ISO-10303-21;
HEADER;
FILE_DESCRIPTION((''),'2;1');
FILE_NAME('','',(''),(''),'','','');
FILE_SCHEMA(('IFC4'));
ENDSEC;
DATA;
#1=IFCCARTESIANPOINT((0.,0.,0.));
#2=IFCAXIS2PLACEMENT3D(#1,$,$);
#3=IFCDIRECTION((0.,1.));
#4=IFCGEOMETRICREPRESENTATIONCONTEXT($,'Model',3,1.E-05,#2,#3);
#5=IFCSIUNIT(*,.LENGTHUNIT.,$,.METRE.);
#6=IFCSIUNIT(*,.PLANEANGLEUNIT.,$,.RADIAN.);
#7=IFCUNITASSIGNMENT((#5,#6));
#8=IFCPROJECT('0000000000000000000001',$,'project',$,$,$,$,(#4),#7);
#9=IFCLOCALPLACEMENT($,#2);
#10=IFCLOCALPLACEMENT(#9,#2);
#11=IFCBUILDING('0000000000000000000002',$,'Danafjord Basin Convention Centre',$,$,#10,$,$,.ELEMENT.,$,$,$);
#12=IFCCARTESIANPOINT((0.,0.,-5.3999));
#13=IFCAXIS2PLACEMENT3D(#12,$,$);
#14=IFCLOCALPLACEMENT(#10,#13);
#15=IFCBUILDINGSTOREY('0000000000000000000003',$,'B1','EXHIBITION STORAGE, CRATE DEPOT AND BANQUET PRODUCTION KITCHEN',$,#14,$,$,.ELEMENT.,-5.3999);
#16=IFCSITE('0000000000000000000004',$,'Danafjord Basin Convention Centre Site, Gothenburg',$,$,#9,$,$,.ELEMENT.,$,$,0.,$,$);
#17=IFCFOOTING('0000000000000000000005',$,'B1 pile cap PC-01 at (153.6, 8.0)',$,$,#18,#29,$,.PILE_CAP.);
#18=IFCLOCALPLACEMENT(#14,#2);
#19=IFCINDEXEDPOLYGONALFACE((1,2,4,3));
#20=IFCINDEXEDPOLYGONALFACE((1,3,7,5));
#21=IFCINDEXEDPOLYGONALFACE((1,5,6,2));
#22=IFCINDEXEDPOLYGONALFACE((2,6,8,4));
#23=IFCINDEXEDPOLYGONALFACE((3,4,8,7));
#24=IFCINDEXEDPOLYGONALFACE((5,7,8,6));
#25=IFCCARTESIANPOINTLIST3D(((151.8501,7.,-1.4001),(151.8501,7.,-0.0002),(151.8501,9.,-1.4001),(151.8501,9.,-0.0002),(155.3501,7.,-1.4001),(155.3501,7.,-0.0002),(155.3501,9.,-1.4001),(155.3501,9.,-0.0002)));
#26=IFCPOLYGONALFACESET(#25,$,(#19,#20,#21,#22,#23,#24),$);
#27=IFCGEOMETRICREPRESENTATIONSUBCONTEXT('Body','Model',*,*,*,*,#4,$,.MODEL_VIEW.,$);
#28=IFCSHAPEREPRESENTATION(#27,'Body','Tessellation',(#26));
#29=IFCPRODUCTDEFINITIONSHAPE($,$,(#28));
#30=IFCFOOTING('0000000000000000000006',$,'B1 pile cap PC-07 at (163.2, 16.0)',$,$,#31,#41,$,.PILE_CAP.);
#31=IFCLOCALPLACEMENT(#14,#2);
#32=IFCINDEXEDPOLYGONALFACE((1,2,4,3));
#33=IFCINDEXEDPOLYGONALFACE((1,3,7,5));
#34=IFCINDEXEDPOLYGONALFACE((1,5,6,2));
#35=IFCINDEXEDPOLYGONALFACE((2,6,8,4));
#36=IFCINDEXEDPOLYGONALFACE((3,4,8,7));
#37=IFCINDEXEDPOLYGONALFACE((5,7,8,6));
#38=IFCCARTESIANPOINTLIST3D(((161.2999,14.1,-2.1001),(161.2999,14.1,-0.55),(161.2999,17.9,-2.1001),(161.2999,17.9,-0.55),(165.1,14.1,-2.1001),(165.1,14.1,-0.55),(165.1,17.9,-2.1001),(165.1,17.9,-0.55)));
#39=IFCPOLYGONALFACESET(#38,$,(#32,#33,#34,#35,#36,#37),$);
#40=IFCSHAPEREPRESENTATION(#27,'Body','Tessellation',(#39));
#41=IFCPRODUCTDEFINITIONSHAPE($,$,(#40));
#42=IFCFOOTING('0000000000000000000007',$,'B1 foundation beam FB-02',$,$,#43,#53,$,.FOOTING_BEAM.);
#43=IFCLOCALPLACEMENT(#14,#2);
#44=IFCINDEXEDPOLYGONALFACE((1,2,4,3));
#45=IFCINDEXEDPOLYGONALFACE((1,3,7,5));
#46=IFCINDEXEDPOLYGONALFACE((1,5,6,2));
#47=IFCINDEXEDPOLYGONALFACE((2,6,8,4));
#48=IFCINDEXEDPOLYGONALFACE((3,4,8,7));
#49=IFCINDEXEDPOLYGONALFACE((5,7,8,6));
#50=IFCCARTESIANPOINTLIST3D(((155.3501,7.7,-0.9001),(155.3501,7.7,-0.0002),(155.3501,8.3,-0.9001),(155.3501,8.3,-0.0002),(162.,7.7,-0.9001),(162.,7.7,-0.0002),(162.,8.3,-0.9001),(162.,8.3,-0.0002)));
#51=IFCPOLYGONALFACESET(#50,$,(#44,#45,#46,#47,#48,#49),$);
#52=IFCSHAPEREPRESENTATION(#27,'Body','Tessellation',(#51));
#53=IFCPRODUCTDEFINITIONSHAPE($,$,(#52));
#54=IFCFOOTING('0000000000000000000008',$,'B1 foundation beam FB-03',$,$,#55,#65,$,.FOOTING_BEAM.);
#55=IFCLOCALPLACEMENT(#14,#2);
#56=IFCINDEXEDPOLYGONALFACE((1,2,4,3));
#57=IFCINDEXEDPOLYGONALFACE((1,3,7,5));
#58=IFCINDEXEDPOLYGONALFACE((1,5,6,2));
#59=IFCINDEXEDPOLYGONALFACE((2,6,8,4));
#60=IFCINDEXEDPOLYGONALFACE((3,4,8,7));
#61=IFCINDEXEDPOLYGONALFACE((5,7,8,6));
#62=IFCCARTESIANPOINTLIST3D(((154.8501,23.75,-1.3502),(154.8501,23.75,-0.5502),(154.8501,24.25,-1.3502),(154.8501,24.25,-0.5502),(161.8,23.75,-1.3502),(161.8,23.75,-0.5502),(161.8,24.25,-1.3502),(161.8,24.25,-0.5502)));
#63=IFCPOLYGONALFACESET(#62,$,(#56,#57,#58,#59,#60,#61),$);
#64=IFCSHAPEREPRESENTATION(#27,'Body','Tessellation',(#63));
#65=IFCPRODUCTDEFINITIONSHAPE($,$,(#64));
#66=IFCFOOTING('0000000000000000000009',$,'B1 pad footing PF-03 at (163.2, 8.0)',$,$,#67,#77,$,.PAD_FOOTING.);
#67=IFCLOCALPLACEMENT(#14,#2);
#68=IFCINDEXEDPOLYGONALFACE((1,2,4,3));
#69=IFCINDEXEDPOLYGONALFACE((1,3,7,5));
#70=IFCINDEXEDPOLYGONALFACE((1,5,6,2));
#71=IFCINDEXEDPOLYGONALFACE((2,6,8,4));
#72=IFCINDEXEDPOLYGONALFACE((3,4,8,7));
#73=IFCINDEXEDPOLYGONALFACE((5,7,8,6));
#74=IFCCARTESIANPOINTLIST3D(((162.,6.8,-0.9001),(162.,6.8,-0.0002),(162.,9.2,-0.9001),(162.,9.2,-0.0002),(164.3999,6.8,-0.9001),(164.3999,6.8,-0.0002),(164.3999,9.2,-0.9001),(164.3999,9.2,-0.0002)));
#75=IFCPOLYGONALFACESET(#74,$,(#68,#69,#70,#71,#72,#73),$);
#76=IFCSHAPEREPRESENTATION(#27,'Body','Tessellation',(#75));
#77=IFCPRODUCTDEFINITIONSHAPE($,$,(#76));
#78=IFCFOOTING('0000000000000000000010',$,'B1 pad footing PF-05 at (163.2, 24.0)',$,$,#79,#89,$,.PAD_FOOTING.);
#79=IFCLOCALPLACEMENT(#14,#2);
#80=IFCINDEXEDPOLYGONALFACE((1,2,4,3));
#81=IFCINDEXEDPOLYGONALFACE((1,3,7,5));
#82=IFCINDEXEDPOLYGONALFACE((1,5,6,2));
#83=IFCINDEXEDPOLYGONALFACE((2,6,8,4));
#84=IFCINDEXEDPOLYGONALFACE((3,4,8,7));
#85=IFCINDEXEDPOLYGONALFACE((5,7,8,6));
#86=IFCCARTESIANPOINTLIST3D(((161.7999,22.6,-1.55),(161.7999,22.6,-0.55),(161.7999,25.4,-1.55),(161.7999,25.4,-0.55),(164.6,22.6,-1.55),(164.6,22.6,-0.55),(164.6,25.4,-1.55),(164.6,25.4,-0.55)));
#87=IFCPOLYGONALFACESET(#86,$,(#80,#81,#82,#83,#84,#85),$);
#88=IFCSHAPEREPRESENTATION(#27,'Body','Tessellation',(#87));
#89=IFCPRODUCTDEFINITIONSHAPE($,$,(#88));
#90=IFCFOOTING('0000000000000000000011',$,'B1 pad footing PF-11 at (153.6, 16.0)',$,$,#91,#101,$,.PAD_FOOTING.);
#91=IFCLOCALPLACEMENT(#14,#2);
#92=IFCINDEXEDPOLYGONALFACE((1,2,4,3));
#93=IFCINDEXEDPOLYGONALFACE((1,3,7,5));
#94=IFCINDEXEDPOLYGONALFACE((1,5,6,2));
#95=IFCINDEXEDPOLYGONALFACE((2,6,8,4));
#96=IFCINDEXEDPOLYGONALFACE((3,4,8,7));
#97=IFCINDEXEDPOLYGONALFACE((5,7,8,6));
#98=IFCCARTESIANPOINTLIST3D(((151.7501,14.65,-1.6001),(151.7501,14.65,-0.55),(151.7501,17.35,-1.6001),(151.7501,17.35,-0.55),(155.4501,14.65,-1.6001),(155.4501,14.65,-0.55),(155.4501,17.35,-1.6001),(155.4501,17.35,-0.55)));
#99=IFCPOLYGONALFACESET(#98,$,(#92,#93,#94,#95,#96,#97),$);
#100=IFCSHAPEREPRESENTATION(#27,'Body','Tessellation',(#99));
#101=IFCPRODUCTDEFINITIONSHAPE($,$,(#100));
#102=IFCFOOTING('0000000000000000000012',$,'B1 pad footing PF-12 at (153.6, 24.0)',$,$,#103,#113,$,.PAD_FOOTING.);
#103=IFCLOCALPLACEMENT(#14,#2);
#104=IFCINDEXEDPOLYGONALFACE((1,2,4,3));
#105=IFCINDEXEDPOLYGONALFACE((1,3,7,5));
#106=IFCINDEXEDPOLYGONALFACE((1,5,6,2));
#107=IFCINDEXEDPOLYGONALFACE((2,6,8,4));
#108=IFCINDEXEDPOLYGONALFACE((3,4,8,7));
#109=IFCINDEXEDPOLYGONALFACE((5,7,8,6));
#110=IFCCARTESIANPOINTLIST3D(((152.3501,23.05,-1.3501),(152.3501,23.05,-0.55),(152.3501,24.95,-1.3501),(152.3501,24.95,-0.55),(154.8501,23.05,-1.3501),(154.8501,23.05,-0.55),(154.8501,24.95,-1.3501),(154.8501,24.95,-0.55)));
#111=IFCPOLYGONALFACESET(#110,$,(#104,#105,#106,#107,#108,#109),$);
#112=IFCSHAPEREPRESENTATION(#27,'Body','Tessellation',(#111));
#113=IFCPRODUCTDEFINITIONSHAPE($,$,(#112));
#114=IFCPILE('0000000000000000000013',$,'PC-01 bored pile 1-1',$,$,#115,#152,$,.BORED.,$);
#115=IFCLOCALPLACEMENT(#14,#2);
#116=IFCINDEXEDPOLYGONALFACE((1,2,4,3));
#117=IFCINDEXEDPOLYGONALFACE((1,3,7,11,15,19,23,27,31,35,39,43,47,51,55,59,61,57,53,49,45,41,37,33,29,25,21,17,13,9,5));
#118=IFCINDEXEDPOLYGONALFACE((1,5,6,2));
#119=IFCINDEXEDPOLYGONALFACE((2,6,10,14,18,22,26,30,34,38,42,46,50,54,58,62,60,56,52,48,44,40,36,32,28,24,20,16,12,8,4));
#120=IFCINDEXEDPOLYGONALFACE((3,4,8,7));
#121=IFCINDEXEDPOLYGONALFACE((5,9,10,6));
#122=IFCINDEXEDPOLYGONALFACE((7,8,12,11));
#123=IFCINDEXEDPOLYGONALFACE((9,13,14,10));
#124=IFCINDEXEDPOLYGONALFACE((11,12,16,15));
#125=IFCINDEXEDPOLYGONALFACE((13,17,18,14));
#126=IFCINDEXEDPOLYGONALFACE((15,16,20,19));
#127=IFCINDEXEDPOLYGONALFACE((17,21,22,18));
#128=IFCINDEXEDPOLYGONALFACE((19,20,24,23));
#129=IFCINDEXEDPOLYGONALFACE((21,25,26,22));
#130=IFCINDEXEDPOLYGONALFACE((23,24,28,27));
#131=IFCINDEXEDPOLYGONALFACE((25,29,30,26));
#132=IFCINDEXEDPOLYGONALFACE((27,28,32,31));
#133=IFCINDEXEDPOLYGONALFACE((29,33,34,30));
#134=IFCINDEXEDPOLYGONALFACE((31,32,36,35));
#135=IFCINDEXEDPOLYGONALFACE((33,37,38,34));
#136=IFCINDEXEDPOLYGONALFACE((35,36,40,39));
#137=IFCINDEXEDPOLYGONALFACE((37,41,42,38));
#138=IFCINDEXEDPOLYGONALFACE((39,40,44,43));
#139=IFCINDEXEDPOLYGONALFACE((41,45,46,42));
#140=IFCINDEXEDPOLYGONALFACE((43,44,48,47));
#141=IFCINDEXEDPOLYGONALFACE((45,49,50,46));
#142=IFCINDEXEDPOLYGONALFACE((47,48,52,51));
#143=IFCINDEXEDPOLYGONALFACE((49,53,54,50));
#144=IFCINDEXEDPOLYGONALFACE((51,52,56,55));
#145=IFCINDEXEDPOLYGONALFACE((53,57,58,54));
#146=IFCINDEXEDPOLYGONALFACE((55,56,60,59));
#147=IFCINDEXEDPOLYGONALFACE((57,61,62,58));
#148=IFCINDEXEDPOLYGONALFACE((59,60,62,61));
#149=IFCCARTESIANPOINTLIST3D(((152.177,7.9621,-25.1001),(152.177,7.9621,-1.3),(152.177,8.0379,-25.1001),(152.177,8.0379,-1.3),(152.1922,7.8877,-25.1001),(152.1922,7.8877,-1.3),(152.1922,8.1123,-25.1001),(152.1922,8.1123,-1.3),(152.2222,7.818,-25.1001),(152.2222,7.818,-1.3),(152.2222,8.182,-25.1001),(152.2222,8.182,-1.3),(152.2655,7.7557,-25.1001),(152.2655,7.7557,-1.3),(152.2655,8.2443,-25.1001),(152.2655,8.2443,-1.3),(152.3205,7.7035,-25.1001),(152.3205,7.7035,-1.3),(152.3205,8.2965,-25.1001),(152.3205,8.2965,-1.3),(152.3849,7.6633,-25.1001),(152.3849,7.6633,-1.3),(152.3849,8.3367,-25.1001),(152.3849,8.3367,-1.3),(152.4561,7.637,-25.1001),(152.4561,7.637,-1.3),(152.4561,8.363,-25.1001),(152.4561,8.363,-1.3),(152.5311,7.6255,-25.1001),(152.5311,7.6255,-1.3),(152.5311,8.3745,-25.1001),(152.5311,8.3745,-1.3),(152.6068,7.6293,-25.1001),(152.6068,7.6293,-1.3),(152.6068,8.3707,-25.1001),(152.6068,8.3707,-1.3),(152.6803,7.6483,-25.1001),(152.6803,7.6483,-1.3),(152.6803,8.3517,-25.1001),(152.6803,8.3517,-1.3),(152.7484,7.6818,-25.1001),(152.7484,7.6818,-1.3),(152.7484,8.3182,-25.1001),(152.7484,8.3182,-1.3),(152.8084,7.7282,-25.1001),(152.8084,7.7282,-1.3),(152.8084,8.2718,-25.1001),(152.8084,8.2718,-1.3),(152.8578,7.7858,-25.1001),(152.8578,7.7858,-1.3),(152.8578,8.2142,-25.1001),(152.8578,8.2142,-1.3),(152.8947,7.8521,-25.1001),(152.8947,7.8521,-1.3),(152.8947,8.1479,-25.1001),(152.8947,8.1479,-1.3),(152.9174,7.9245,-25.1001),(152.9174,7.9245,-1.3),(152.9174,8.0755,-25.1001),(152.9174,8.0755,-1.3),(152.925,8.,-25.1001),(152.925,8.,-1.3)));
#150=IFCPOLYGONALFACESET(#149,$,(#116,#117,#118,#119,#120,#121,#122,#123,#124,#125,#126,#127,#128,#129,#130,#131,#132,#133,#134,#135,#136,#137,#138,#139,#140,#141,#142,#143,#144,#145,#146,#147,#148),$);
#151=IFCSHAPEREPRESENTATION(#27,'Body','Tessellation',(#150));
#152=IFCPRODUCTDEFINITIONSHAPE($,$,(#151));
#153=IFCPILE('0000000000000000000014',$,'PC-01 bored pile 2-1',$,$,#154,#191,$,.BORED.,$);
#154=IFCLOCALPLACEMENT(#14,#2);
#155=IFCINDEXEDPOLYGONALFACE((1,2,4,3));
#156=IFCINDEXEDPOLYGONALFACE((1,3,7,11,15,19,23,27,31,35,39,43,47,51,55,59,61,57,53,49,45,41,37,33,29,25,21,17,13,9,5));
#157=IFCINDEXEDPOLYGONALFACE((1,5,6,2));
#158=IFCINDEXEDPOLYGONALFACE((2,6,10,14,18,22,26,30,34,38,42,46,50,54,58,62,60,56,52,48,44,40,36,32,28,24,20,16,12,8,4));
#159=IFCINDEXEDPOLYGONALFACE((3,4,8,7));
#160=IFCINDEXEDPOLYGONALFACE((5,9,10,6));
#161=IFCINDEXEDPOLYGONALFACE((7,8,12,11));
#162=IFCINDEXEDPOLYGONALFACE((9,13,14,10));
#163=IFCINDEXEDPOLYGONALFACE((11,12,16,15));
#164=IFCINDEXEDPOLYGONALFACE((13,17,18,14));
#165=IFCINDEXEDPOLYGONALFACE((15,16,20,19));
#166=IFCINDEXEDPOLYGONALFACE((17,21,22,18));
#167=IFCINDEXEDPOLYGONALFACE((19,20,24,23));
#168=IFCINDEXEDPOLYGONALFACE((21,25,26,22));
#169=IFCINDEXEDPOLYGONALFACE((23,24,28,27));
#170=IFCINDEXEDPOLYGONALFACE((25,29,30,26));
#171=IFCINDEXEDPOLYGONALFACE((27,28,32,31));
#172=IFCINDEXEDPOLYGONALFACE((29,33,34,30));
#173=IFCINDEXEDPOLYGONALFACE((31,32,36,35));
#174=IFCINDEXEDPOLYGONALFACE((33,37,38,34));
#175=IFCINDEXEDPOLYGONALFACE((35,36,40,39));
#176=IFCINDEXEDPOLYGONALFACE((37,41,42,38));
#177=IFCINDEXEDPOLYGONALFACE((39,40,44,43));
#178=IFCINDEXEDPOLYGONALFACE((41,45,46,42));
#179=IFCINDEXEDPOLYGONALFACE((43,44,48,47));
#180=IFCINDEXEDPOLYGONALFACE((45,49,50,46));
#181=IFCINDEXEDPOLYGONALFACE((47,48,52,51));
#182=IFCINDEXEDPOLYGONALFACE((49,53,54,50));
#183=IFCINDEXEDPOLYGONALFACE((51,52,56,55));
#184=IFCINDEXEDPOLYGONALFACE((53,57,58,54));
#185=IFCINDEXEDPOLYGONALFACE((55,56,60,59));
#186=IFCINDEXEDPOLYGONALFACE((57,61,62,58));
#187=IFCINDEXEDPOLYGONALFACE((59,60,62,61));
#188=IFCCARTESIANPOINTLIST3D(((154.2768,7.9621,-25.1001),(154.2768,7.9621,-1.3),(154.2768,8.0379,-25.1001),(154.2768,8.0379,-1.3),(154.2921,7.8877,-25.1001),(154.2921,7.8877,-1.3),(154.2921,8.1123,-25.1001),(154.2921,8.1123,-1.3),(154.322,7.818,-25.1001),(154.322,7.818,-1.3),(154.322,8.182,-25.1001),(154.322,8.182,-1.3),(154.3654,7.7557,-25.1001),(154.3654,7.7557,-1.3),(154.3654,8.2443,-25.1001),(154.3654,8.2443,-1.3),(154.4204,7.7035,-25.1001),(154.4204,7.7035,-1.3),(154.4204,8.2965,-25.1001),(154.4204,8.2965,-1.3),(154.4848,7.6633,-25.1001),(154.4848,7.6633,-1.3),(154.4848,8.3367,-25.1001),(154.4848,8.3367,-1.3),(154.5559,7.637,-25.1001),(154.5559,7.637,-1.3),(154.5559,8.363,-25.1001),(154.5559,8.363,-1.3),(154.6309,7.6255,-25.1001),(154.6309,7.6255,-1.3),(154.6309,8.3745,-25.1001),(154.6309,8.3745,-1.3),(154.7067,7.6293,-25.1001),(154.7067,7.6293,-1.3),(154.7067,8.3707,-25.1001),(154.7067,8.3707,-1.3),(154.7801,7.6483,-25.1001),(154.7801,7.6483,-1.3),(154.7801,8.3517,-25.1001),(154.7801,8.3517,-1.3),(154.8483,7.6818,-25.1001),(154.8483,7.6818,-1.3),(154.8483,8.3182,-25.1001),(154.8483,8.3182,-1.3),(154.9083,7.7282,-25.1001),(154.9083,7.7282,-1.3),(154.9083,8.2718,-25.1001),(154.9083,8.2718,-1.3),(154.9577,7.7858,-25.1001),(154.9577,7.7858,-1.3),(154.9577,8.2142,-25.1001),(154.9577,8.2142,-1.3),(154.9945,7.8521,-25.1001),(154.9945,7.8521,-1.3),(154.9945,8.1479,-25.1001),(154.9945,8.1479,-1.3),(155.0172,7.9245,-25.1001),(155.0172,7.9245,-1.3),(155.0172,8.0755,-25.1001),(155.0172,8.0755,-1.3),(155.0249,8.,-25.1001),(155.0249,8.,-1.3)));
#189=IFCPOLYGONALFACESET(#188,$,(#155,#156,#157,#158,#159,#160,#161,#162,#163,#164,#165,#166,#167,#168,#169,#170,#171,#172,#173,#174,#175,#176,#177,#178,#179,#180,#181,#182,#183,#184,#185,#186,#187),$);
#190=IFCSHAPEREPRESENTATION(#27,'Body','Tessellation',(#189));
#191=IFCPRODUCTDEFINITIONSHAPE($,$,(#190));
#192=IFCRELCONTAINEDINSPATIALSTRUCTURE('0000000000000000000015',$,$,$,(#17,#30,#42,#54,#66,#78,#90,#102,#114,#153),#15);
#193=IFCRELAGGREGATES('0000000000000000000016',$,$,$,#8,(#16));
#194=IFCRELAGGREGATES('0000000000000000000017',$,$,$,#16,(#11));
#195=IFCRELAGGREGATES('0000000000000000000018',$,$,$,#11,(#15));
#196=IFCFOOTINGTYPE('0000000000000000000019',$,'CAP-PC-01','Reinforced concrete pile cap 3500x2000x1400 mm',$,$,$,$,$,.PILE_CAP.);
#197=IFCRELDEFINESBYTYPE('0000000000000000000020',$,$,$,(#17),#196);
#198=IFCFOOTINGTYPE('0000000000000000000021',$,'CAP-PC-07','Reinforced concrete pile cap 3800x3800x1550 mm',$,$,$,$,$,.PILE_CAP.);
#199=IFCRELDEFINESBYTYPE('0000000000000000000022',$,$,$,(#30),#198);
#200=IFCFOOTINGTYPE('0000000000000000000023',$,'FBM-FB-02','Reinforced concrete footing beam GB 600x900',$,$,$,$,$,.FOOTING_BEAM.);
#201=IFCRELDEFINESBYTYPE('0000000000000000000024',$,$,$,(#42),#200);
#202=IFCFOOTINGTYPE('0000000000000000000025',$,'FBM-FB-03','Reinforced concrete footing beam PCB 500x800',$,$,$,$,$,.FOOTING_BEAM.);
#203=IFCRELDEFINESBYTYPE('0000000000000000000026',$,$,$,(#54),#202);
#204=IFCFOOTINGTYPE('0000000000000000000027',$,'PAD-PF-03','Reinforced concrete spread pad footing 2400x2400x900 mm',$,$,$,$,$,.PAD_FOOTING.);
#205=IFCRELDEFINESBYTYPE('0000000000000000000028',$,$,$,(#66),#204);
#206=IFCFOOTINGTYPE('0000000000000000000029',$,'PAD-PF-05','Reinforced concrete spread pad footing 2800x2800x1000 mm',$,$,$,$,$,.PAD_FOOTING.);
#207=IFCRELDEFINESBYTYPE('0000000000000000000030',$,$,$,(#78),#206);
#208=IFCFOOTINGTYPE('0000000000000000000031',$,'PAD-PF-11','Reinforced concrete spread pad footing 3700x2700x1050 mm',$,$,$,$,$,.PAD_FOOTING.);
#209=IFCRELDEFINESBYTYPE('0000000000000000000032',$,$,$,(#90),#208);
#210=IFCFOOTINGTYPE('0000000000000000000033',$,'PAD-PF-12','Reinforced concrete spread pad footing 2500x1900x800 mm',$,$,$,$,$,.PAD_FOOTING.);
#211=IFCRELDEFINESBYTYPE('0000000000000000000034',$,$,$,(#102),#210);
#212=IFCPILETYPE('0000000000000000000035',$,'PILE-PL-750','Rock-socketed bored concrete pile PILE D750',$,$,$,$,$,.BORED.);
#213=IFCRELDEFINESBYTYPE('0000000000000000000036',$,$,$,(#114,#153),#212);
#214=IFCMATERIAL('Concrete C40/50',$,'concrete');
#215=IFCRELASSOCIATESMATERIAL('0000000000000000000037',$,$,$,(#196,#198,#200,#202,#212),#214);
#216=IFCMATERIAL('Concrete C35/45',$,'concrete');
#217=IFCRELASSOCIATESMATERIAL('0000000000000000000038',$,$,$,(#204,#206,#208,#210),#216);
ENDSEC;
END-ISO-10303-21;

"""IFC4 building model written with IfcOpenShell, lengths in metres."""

from ifc_helpers import new_model, si_unit, direction, frame, origin, origin_2d, place, context, subcontext, project, spatial, rectangle, circle, extrude, material, material_profile, profile_set, type_object, element, save


model = new_model("IFC4")

# Units and contexts
model_context = context("Model", 3, precision=1e-05, world=origin(), true_north=direction((0.0, 1.0)))
body_context = subcontext(model_context, "Body", "Model", "MODEL_VIEW")
ifc_project = project(units=[si_unit("LENGTHUNIT", "METRE"), si_unit("PLANEANGLEUNIT", "RADIAN")], contexts=[model_context])

# Site, building, storey
site_placement = place(None, origin())
site = spatial("IfcSite", under=ifc_project, at=site_placement, Name="Danafjord Basin Convention Centre Site, Gothenburg", CompositionType="ELEMENT", RefElevation=0.0)
building_placement = place(site_placement, origin())
building = spatial("IfcBuilding", under=site, at=building_placement, Name="Danafjord Basin Convention Centre", CompositionType="ELEMENT")
storey_placement = place(building_placement, frame((0.0, 0.0, -5.3999)))
storey = spatial("IfcBuildingStorey", under=building, at=storey_placement, Name="B1", Description="EXHIBITION STORAGE, CRATE DEPOT AND BANQUET PRODUCTION KITCHEN", CompositionType="ELEMENT", Elevation=-5.3999)

# Footings
ifc_material_1 = material(Name="Concrete C40/50", Category="concrete")
footing_type_1 = type_object("IfcFootingType", Name="CAP-PC-01", Description="Reinforced concrete pile cap 3500x2000x1400 mm", PredefinedType="PILE_CAP", material=ifc_material_1)
footing_1_placement = place(storey_placement, frame((153.6001, 8.0, -1.4001), z_axis=(0.0, 0.0, 1.0), x_axis=(1.0, 0.0, 0.0)))
element("IfcFooting", 1, at=footing_1_placement, inside=storey, type_object=footing_type_1, Name="B1 pile cap PC-01 at (153.6, 8.0)", PredefinedType="PILE_CAP", context=body_context, shape_type="SweptSolid", body=[
    extrude(rectangle(XDim=3.5, YDim=2.0, at=origin_2d()), origin(), (0.0, 0.0, 1.0), 1.3999),
])
footing_type_2 = type_object("IfcFootingType", Name="CAP-PC-07", Description="Reinforced concrete pile cap 3800x3800x1550 mm", PredefinedType="PILE_CAP", material=ifc_material_1)
footing_2_placement = place(storey_placement, frame((163.2, 16.0, -2.1001), z_axis=(0.0, 0.0, 1.0), x_axis=(1.0, 0.0, 0.0)))
element("IfcFooting", 2, at=footing_2_placement, inside=storey, type_object=footing_type_2, Name="B1 pile cap PC-07 at (163.2, 16.0)", PredefinedType="PILE_CAP", context=body_context, shape_type="SweptSolid", body=[
    extrude(rectangle(XDim=3.8, YDim=3.8, at=origin_2d()), origin(), (0.0, 0.0, 1.0), 1.55),
])
ifc_material_profile_1 = material_profile(ifc_material_1, rectangle(XDim=0.6001, YDim=0.8999, at=origin_2d()), Name="GB 600x900")
ifc_profile_set_1 = profile_set([ifc_material_profile_1], Name="Concrete C40/50")
footing_type_3 = type_object("IfcFootingType", Name="FBM-FB-02", Description="Reinforced concrete footing beam GB 600x900", PredefinedType="FOOTING_BEAM", material=ifc_profile_set_1)
footing_3_placement = place(storey_placement, frame((155.3501, 8.0, -0.4502), z_axis=(1.0, 0.0, 0.0), x_axis=(0.0, 1.0, 0.0)))
element("IfcFooting", 3, at=footing_3_placement, inside=storey, type_object=footing_type_3, Name="B1 foundation beam FB-02", PredefinedType="FOOTING_BEAM", context=body_context, shape_type="SweptSolid", body=[
    extrude(rectangle(XDim=0.6001, YDim=0.8999, at=origin_2d()), origin(), (0.0, 0.0, 1.0), 6.6499),
])
ifc_material_profile_2 = material_profile(ifc_material_1, rectangle(XDim=0.5, YDim=0.8, at=origin_2d()), Name="PCB 500x800")
ifc_profile_set_2 = profile_set([ifc_material_profile_2], Name="Concrete C40/50")
footing_type_4 = type_object("IfcFootingType", Name="FBM-FB-03", Description="Reinforced concrete footing beam PCB 500x800", PredefinedType="FOOTING_BEAM", material=ifc_profile_set_2)
footing_4_placement = place(storey_placement, frame((154.8501, 24.0, -0.9502), z_axis=(1.0, 0.0, 0.0), x_axis=(0.0, 1.0, 0.0)))
element("IfcFooting", 4, at=footing_4_placement, inside=storey, type_object=footing_type_4, Name="B1 foundation beam FB-03", PredefinedType="FOOTING_BEAM", context=body_context, shape_type="SweptSolid", body=[
    extrude(rectangle(XDim=0.5, YDim=0.8, at=origin_2d()), origin(), (0.0, 0.0, 1.0), 6.95),
])
ifc_material_2 = material(Name="Concrete C35/45", Category="concrete")
footing_type_5 = type_object("IfcFootingType", Name="PAD-PF-03", Description="Reinforced concrete spread pad footing 2400x2400x900 mm", PredefinedType="PAD_FOOTING", material=ifc_material_2)
footing_5_placement = place(storey_placement, frame((163.2, 8.0, -0.9001), z_axis=(0.0, 0.0, 1.0), x_axis=(1.0, 0.0, 0.0)))
element("IfcFooting", 5, at=footing_5_placement, inside=storey, type_object=footing_type_5, Name="B1 pad footing PF-03 at (163.2, 8.0)", PredefinedType="PAD_FOOTING", context=body_context, shape_type="SweptSolid", body=[
    extrude(rectangle(XDim=2.3999, YDim=2.3999, at=origin_2d()), origin(), (0.0, 0.0, 1.0), 0.8999),
])
footing_type_6 = type_object("IfcFootingType", Name="PAD-PF-05", Description="Reinforced concrete spread pad footing 2800x2800x1000 mm", PredefinedType="PAD_FOOTING", material=ifc_material_2)
footing_6_placement = place(storey_placement, frame((163.2, 24.0, -1.55), z_axis=(0.0, 0.0, 1.0), x_axis=(1.0, 0.0, 0.0)))
element("IfcFooting", 6, at=footing_6_placement, inside=storey, type_object=footing_type_6, Name="B1 pad footing PF-05 at (163.2, 24.0)", PredefinedType="PAD_FOOTING", context=body_context, shape_type="SweptSolid", body=[
    extrude(rectangle(XDim=2.8, YDim=2.8, at=origin_2d()), origin(), (0.0, 0.0, 1.0), 1.0),
])
footing_type_7 = type_object("IfcFootingType", Name="PAD-PF-11", Description="Reinforced concrete spread pad footing 3700x2700x1050 mm", PredefinedType="PAD_FOOTING", material=ifc_material_2)
footing_7_placement = place(storey_placement, frame((153.6001, 16.0, -1.6001), z_axis=(0.0, 0.0, 1.0), x_axis=(1.0, 0.0, 0.0)))
element("IfcFooting", 7, at=footing_7_placement, inside=storey, type_object=footing_type_7, Name="B1 pad footing PF-11 at (153.6, 16.0)", PredefinedType="PAD_FOOTING", context=body_context, shape_type="SweptSolid", body=[
    extrude(rectangle(XDim=3.7, YDim=2.7, at=origin_2d()), origin(), (0.0, 0.0, 1.0), 1.05),
])
footing_type_8 = type_object("IfcFootingType", Name="PAD-PF-12", Description="Reinforced concrete spread pad footing 2500x1900x800 mm", PredefinedType="PAD_FOOTING", material=ifc_material_2)
footing_8_placement = place(storey_placement, frame((153.6001, 24.0, -1.3501), z_axis=(0.0, 0.0, 1.0), x_axis=(1.0, 0.0, 0.0)))
element("IfcFooting", 8, at=footing_8_placement, inside=storey, type_object=footing_type_8, Name="B1 pad footing PF-12 at (153.6, 24.0)", PredefinedType="PAD_FOOTING", context=body_context, shape_type="SweptSolid", body=[
    extrude(rectangle(XDim=2.5, YDim=1.8999, at=origin_2d()), origin(), (0.0, 0.0, 1.0), 0.8),
])

# Piles
ifc_material_profile_3 = material_profile(ifc_material_1, circle(Radius=0.375, at=origin_2d()), Name="PILE D750")
ifc_profile_set_3 = profile_set([ifc_material_profile_3], Name="Concrete C40/50")
pile_type = type_object("IfcPileType", Name="PILE-PL-750", Description="Rock-socketed bored concrete pile PILE D750", PredefinedType="BORED", material=ifc_profile_set_3)
for number, where, z_axis, x_axis, name in (
    (9, (152.55, 8.0, -1.3), (0.0, 0.0, -1.0), (1.0, 0.0, 0.0), "PC-01 bored pile 1-1"),
    (10, (154.6499, 8.0, -1.3), (0.0, 0.0, -1.0), (1.0, 0.0, 0.0), "PC-01 bored pile 2-1"),
):
    element("IfcPile", number, at=place(storey_placement, frame(where, z_axis=z_axis, x_axis=x_axis)), inside=storey, type_object=pile_type, Name=name, PredefinedType="BORED", context=body_context, shape_type="SweptSolid", body=[
        extrude(circle(Radius=0.375, at=origin_2d()), origin(), (0.0, 0.0, 1.0), 23.8),
    ])

save(model, "model.ifc")
